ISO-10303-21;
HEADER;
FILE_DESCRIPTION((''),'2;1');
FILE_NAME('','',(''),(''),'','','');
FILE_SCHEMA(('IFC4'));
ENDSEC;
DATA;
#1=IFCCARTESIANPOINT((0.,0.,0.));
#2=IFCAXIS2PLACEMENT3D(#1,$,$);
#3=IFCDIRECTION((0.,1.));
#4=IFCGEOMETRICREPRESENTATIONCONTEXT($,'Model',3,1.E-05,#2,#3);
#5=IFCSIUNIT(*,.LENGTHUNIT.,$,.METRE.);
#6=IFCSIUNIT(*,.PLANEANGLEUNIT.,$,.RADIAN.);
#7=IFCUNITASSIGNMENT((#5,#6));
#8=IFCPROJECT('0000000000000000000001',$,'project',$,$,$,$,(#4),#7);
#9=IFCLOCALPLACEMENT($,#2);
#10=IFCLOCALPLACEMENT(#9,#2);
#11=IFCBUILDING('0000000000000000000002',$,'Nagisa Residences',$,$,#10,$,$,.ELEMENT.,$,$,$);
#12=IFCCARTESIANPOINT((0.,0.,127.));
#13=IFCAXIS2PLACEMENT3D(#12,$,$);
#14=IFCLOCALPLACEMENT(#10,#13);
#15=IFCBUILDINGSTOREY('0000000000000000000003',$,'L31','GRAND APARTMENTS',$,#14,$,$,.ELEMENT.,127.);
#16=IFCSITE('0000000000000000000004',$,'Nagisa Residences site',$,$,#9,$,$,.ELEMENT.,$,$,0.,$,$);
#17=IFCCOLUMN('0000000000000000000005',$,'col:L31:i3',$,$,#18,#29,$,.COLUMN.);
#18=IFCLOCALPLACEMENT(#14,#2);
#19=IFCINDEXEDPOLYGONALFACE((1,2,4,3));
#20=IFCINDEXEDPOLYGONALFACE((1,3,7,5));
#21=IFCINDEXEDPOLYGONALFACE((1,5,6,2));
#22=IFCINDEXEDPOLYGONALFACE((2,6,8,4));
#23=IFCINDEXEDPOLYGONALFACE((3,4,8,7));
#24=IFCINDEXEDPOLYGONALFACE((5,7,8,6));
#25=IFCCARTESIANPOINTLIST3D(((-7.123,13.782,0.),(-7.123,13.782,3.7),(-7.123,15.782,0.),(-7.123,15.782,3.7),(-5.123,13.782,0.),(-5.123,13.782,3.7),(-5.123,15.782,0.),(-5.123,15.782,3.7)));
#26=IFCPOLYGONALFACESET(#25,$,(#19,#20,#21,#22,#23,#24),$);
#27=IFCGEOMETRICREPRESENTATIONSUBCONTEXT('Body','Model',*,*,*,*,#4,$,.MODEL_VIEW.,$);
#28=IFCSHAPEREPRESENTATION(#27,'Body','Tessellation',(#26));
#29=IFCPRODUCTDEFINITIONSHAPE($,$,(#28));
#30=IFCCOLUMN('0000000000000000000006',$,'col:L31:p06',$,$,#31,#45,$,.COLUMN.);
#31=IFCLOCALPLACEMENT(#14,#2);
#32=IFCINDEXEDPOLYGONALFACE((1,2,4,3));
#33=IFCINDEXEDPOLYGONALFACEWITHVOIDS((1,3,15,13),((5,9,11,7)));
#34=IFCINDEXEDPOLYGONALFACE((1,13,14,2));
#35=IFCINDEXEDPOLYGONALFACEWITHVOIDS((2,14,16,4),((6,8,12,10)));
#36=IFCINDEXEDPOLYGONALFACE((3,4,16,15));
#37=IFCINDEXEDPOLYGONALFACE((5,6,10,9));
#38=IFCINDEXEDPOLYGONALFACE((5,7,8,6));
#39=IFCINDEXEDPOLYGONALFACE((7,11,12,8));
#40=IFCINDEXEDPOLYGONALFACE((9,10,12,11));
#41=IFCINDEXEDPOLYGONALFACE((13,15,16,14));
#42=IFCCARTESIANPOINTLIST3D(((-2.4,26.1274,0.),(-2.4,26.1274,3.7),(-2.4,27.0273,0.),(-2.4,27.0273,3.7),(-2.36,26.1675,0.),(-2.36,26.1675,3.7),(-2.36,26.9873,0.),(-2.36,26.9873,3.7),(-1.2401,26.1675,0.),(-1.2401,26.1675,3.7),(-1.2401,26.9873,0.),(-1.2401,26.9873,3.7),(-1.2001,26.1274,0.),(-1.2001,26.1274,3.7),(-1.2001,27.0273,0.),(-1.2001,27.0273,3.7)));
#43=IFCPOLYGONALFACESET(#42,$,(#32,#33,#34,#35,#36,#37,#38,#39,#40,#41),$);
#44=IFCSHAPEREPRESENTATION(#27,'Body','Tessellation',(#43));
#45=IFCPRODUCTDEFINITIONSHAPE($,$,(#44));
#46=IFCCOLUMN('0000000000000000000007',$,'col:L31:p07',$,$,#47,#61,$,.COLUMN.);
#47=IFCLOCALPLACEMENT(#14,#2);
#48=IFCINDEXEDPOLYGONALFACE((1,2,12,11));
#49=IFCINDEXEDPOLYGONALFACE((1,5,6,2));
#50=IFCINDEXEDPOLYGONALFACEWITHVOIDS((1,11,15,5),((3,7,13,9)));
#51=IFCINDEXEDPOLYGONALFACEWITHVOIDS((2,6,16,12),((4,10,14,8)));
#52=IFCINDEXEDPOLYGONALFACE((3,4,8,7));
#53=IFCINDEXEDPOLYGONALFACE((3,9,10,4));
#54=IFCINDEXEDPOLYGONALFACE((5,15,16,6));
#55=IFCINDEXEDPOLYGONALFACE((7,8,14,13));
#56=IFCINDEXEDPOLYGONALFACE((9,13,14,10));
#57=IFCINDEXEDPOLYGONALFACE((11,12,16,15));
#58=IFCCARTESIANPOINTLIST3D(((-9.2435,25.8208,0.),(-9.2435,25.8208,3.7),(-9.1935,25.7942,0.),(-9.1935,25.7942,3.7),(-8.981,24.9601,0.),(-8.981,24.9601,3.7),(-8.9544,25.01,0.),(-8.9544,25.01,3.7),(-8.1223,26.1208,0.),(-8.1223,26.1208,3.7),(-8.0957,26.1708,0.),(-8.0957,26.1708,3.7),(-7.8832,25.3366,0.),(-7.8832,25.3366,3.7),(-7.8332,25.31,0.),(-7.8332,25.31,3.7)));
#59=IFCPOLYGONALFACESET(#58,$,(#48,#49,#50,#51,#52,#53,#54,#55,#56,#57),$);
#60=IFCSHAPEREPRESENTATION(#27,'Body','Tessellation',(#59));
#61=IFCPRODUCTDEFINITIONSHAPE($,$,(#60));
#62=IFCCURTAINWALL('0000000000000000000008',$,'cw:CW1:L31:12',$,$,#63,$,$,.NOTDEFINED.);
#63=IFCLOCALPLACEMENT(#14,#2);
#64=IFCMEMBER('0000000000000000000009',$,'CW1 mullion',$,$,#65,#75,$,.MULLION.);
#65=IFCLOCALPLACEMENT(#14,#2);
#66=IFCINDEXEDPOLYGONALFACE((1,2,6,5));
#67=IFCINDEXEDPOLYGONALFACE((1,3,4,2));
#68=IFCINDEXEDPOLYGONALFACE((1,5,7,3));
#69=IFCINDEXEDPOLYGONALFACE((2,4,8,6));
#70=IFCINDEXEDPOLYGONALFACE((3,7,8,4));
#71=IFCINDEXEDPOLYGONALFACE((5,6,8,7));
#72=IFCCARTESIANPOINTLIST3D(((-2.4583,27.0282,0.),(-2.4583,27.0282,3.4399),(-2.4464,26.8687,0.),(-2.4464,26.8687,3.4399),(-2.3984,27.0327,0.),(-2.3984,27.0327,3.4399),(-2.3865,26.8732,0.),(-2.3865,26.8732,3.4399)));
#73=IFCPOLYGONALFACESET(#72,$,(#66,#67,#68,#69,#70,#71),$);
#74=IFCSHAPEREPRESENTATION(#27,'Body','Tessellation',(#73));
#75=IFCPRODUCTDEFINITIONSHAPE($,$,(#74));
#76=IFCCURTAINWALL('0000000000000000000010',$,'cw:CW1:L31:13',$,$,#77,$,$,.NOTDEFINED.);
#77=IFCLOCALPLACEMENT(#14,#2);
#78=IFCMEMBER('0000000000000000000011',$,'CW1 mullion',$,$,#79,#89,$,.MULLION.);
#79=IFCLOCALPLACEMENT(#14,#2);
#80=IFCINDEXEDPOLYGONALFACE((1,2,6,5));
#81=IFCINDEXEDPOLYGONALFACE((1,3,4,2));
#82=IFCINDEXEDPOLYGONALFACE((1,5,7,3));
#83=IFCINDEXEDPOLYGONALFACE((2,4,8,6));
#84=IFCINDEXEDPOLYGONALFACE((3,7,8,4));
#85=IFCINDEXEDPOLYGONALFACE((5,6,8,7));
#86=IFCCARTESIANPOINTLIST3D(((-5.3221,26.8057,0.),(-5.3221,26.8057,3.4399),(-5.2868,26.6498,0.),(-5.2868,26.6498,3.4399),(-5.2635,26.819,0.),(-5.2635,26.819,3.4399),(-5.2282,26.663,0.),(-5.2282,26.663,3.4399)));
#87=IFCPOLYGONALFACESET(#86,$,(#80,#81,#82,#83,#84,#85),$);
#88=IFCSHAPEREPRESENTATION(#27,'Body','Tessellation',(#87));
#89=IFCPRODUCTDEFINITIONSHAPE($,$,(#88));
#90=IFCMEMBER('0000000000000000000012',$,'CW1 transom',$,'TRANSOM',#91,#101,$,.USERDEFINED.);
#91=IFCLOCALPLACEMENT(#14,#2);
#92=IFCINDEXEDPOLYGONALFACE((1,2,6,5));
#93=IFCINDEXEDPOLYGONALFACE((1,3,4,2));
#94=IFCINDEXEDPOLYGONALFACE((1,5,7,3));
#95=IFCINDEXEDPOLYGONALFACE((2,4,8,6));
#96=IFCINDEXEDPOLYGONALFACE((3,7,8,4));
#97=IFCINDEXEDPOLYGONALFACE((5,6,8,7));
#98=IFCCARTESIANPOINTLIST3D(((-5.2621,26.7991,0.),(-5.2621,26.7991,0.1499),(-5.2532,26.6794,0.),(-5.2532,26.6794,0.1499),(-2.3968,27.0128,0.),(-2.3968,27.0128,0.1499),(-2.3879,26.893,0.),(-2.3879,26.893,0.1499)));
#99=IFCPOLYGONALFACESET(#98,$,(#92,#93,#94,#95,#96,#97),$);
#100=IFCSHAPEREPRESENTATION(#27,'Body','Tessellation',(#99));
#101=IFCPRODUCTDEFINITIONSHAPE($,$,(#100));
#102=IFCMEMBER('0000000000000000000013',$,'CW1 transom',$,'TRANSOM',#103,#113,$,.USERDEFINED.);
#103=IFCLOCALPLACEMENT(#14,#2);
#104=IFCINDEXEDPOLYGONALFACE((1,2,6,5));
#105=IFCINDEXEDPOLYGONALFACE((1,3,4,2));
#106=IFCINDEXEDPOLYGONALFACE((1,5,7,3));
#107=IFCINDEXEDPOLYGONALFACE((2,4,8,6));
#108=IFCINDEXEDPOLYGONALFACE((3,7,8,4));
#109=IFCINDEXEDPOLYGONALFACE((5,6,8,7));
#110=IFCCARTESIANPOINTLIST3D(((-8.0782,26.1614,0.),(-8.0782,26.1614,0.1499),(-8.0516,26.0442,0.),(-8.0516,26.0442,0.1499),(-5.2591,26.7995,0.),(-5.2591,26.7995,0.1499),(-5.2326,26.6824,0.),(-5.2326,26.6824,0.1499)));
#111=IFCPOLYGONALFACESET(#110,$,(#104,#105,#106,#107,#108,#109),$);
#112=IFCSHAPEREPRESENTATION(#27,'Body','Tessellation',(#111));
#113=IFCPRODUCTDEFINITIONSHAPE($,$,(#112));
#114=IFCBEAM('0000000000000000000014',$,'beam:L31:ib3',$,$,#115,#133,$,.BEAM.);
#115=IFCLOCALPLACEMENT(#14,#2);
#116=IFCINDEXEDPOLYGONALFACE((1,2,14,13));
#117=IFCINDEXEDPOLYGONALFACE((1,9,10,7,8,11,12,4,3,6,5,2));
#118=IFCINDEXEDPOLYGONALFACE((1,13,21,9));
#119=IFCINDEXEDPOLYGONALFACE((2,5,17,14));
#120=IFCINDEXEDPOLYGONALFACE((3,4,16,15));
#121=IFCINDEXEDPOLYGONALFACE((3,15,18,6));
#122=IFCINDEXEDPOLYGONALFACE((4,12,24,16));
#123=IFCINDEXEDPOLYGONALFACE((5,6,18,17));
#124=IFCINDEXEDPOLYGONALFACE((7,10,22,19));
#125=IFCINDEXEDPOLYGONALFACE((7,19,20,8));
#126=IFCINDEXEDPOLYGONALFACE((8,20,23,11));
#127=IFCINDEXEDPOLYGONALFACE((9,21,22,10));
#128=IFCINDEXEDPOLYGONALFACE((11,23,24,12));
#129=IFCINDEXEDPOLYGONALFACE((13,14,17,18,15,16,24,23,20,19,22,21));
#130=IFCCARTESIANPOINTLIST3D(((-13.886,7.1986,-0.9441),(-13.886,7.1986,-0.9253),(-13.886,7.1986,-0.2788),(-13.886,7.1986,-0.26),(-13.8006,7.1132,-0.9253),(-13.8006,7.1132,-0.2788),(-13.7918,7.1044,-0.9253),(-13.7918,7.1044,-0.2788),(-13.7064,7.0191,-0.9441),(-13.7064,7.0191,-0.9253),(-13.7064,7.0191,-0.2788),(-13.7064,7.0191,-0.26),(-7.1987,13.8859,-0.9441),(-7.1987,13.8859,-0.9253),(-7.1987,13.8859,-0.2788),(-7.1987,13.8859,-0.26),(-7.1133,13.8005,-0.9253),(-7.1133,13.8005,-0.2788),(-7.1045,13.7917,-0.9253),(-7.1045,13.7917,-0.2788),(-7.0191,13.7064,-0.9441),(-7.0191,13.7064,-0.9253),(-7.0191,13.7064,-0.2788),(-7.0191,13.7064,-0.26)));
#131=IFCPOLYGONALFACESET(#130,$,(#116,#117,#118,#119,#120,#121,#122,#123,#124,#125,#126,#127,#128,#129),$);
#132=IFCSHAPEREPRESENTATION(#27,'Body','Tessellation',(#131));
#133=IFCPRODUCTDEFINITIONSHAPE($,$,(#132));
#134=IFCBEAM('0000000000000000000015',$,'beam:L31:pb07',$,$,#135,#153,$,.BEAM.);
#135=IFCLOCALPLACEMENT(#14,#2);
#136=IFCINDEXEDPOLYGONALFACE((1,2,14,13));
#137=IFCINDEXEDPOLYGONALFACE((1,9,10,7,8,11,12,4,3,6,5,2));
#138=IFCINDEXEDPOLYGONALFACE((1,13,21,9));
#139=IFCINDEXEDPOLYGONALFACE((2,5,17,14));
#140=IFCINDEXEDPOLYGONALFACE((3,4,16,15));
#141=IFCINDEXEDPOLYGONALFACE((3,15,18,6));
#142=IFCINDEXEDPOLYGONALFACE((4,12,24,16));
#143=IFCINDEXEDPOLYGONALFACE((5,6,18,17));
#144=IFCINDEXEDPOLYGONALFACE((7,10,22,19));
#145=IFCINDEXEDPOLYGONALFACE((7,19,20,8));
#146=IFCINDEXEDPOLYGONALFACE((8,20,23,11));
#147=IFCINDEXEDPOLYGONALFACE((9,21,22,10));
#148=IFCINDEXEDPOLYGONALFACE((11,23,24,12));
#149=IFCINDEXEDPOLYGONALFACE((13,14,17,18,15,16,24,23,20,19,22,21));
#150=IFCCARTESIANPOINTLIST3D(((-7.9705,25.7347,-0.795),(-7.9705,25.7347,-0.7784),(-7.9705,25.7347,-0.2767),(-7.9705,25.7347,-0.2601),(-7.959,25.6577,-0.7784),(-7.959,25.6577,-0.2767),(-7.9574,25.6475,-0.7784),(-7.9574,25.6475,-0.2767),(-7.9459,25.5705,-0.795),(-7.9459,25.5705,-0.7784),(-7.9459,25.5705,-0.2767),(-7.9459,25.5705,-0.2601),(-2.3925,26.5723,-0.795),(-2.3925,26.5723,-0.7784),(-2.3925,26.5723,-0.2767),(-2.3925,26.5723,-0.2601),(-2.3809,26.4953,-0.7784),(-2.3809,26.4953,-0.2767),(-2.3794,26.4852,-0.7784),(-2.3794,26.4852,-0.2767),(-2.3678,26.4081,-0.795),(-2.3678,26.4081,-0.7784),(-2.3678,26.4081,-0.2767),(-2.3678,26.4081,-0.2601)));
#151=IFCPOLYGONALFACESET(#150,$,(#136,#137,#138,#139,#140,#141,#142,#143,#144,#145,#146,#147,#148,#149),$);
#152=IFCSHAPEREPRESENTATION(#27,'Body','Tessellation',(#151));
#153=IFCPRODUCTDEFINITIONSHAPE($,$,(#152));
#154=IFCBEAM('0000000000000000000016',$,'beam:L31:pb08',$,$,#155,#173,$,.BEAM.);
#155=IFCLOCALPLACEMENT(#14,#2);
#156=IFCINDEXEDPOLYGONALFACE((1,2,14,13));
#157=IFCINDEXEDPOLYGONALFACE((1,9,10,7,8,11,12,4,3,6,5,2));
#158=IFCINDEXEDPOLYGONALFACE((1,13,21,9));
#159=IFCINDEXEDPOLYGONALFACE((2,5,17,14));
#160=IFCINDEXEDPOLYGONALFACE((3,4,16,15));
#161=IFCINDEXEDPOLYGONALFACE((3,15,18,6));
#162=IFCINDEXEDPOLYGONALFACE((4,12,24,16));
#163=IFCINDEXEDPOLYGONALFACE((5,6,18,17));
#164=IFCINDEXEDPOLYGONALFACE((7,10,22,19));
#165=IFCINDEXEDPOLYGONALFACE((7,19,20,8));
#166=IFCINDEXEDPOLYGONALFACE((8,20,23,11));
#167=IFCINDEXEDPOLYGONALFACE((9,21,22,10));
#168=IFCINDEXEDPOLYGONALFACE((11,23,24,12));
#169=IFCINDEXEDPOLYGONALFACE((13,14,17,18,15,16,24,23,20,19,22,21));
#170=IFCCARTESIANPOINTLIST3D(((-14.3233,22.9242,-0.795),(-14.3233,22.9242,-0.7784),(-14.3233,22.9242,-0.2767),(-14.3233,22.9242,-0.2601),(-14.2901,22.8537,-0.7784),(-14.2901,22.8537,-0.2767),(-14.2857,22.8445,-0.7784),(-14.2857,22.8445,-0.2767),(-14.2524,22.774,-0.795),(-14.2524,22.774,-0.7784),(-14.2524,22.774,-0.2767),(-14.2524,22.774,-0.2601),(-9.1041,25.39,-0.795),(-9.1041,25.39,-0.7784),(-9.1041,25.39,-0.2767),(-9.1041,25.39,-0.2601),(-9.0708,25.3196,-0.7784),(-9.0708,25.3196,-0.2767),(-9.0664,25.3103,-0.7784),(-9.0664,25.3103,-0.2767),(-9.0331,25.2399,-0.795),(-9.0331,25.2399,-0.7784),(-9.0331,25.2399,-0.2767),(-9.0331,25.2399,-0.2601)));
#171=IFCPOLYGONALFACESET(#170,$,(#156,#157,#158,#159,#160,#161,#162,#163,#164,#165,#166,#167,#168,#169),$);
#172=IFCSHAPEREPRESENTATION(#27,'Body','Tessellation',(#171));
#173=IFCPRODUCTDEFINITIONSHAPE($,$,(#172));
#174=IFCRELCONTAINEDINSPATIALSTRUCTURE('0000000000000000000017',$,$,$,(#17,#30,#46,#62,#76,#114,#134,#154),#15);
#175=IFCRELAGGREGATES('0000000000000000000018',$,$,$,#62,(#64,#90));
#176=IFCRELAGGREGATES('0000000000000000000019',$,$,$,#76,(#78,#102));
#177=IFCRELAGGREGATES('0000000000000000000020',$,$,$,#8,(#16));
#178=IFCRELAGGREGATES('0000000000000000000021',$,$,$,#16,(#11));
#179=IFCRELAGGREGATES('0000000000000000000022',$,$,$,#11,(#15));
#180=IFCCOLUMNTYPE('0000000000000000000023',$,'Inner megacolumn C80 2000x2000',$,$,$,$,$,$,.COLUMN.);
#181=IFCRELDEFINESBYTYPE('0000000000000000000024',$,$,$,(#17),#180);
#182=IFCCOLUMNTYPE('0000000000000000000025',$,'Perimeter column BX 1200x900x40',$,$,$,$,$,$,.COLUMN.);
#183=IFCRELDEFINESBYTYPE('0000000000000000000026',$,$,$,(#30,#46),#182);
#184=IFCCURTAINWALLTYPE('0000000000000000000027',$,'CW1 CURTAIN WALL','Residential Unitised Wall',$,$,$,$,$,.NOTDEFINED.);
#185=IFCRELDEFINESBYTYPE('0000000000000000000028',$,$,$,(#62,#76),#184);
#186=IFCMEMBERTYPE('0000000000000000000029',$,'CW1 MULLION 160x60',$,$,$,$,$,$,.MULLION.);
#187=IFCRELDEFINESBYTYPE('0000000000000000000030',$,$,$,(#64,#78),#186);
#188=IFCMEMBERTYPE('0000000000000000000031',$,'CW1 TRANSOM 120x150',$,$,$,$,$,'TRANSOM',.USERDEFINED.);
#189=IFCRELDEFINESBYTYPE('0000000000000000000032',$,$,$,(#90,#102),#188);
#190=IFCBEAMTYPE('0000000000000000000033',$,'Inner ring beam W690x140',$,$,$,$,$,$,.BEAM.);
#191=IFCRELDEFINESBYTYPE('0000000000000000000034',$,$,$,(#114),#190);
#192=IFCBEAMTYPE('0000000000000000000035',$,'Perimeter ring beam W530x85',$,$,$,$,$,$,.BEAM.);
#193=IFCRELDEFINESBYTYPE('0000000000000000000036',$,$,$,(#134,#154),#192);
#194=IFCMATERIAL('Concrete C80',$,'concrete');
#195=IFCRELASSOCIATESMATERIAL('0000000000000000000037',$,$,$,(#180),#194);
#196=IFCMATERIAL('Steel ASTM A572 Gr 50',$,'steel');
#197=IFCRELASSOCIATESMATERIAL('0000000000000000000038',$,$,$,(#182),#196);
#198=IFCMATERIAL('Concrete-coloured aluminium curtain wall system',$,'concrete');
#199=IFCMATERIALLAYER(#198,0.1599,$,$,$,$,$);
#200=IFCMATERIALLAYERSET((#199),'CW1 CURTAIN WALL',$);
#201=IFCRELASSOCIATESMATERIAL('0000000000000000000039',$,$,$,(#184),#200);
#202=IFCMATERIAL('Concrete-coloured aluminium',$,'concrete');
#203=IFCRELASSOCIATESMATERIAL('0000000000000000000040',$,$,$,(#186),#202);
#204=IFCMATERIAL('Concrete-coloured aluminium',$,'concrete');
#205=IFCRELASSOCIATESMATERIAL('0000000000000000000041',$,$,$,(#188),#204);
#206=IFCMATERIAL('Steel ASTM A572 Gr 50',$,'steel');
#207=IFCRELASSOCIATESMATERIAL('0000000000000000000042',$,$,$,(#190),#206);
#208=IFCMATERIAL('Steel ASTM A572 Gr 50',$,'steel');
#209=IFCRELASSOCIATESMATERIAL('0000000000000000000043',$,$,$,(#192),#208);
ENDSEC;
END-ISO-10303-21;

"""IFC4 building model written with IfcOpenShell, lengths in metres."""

from ifc_helpers import new_model, si_unit, direction, frame, origin, origin_2d, place, context, subcontext, project, spatial, rectangle, hollow_rectangle, i_section, extrude, material, layer, layer_set, material_profile, profile_set, type_object, element, aggregate, save


model = new_model("IFC4")

# Units and contexts
model_context = context("Model", 3, precision=1e-05, world=origin(), true_north=direction((0.0, 1.0)))
body_context = subcontext(model_context, "Body", "Model", "MODEL_VIEW")
ifc_project = project(units=[si_unit("LENGTHUNIT", "METRE"), si_unit("PLANEANGLEUNIT", "RADIAN")], contexts=[model_context])

# Site, building, storey
site_placement = place(None, origin())
site = spatial("IfcSite", under=ifc_project, at=site_placement, Name="Nagisa Residences site", CompositionType="ELEMENT", RefElevation=0.0)
building_placement = place(site_placement, origin())
building = spatial("IfcBuilding", under=site, at=building_placement, Name="Nagisa Residences", CompositionType="ELEMENT")
storey_placement = place(building_placement, frame((0.0, 0.0, 127.0)))
storey = spatial("IfcBuildingStorey", under=building, at=storey_placement, Name="L31", Description="GRAND APARTMENTS", CompositionType="ELEMENT", Elevation=127.0)

# Columns
ifc_material_1 = material(Name="Concrete C80", Category="concrete")
ifc_material_profile_1 = material_profile(ifc_material_1, rectangle(XDim=2.0, YDim=2.0, at=origin_2d()), Name="C80 2000x2000")
ifc_profile_set_1 = profile_set([ifc_material_profile_1], Name="Concrete C80")
column_type_1 = type_object("IfcColumnType", Name="Inner megacolumn C80 2000x2000", PredefinedType="COLUMN", material=ifc_profile_set_1)
column_placement = place(storey_placement, frame((-6.123, 14.782, 0.0), z_axis=(0.0, 0.0, 1.0), x_axis=(1.0, 0.0, 0.0)))
element("IfcColumn", 1, at=column_placement, inside=storey, type_object=column_type_1, Name="col:L31:i3", PredefinedType="COLUMN", context=body_context, shape_type="SweptSolid", body=[
    extrude(rectangle(XDim=2.0, YDim=2.0, at=origin_2d()), origin(), (0.0, 0.0, 1.0), 3.7),
])
ifc_material_2 = material(Name="Steel ASTM A572 Gr 50", Category="steel")
ifc_material_profile_2 = material_profile(ifc_material_2, hollow_rectangle(XDim=1.2, YDim=0.8999, WallThickness=0.04, at=origin_2d()), Name="BX 1200x900x40")
ifc_profile_set_2 = profile_set([ifc_material_profile_2], Name="Steel ASTM A572 Gr 50")
column_type_2 = type_object("IfcColumnType", Name="Perimeter column BX 1200x900x40", PredefinedType="COLUMN", material=ifc_profile_set_2)
for number, where, z_axis, x_axis, name in (
    (2, (-1.8, 26.5774, 0.0), (0.0, 0.0, 1.0), (-1.0, 0.0, 0.0), "col:L31:p06"),
    (3, (-8.5383, 25.5654, 0.0), (0.0, 0.0, 1.0), (-0.956525, -0.291652, 0.0), "col:L31:p07"),
):
    element("IfcColumn", number, at=place(storey_placement, frame(where, z_axis=z_axis, x_axis=x_axis)), inside=storey, type_object=column_type_2, Name=name, PredefinedType="COLUMN", context=body_context, shape_type="SweptSolid", body=[
        extrude(hollow_rectangle(XDim=1.2, YDim=0.8999, WallThickness=0.04, at=origin_2d()), origin(), (0.0, 0.0, 1.0), 3.7),
    ])

# Curtain walls, members
ifc_material_3 = material(Name="Concrete-coloured aluminium curtain wall system", Category="concrete")
ifc_layer_1 = layer(ifc_material_3, 0.1599)
ifc_layer_set_1 = layer_set([ifc_layer_1], Name="CW1 CURTAIN WALL")
curtain_wall_type = type_object("IfcCurtainWallType", Name="CW1 CURTAIN WALL", Description="Residential Unitised Wall", PredefinedType="NOTDEFINED", material=ifc_layer_set_1)
curtain_wall_1_placement = place(storey_placement, origin())
curtain_wall_1 = element("IfcCurtainWall", 4, at=curtain_wall_1_placement, inside=storey, type_object=curtain_wall_type, Name="cw:CW1:L31:12", PredefinedType="NOTDEFINED")
ifc_material_4 = material(Name="Concrete-coloured aluminium", Category="concrete")
ifc_material_profile_3 = material_profile(ifc_material_4, rectangle(XDim=0.1599, YDim=0.0601, at=origin_2d()), Name="CW1 MULLION 160x60")
ifc_profile_set_3 = profile_set([ifc_material_profile_3], Name="Concrete-coloured aluminium")
member_type_1 = type_object("IfcMemberType", Name="CW1 MULLION 160x60", PredefinedType="MULLION", material=ifc_profile_set_3)
member_1_placement = place(storey_placement, frame((-2.4224, 26.9507, 0.0), z_axis=(0.0, 0.0, 1.0), x_axis=(0.074377, -0.99723, 0.0)))
member_1 = element("IfcMember", 5, at=member_1_placement, type_object=member_type_1, Name="CW1 mullion", PredefinedType="MULLION", context=body_context, shape_type="SweptSolid", body=[
    extrude(rectangle(XDim=0.1599, YDim=0.0601, at=origin_2d()), origin(), (0.0, 0.0, 1.0), 3.4399),
])
curtain_wall_2_placement = place(storey_placement, origin())
curtain_wall_2 = element("IfcCurtainWall", 6, at=curtain_wall_2_placement, inside=storey, type_object=curtain_wall_type, Name="cw:CW1:L31:13", PredefinedType="NOTDEFINED")
member_2_placement = place(storey_placement, frame((-5.2751, 26.7344, 0.0), z_axis=(0.0, 0.0, 1.0), x_axis=(0.220764, -0.975327, 0.0)))
member_2 = element("IfcMember", 7, at=member_2_placement, type_object=member_type_1, Name="CW1 mullion", PredefinedType="MULLION", context=body_context, shape_type="SweptSolid", body=[
    extrude(rectangle(XDim=0.1599, YDim=0.0601, at=origin_2d()), origin(), (0.0, 0.0, 1.0), 3.4399),
])

# Members
ifc_material_5 = material(Name="Concrete-coloured aluminium", Category="concrete")
ifc_material_profile_4 = material_profile(ifc_material_5, rectangle(XDim=0.1201, YDim=0.1499, at=origin_2d()), Name="CW1 TRANSOM 120x150")
ifc_profile_set_4 = profile_set([ifc_material_profile_4], Name="Concrete-coloured aluminium")
member_type_2 = type_object("IfcMemberType", Name="CW1 TRANSOM 120x150", ElementType="TRANSOM", PredefinedType="USERDEFINED", material=ifc_profile_set_4)
member_3_placement = place(storey_placement, frame((-2.3923, 26.9529, 0.075), z_axis=(-0.997232, -0.074351, 0.0), x_axis=(0.074351, -0.997232, 0.0)))
member_3 = element("IfcMember", 8, at=member_3_placement, type_object=member_type_2, Name="CW1 transom", ObjectType="TRANSOM", PredefinedType="USERDEFINED", context=body_context, shape_type="SweptSolid", body=[
    extrude(rectangle(XDim=0.1201, YDim=0.1499, at=origin_2d()), origin(), (0.0, 0.0, 1.0), 2.8733),
])
member_4_placement = place(storey_placement, frame((-5.2458, 26.741, 0.075), z_axis=(-0.975321, -0.220792, 0.0), x_axis=(0.220792, -0.975321, 0.0)))
member_4 = element("IfcMember", 9, at=member_4_placement, type_object=member_type_2, Name="CW1 transom", ObjectType="TRANSOM", PredefinedType="USERDEFINED", context=body_context, shape_type="SweptSolid", body=[
    extrude(rectangle(XDim=0.1201, YDim=0.1499, at=origin_2d()), origin(), (0.0, 0.0, 1.0), 2.8904),
])

# Beams
ifc_material_6 = material(Name="Steel ASTM A572 Gr 50", Category="steel")
ifc_material_profile_5 = material_profile(ifc_material_6, i_section(OverallWidth=0.2539, OverallDepth=0.6841, WebThickness=0.0125, FlangeThickness=0.0188, at=origin_2d()), Name="W690x140")
ifc_profile_set_5 = profile_set([ifc_material_profile_5], Name="Steel ASTM A572 Gr 50")
beam_type_1 = type_object("IfcBeamType", Name="Inner ring beam W690x140", PredefinedType="BEAM", material=ifc_profile_set_5)
beam_1_placement = place(storey_placement, frame((-7.1089, 13.7961, -0.6021), z_axis=(-0.707107, -0.707107, 0.0), x_axis=(0.707107, -0.707107, 0.0)))
element("IfcBeam", 10, at=beam_1_placement, inside=storey, type_object=beam_type_1, Name="beam:L31:ib3", PredefinedType="BEAM", context=body_context, shape_type="SweptSolid", body=[
    extrude(i_section(OverallWidth=0.2539, OverallDepth=0.6841, WebThickness=0.0125, FlangeThickness=0.0188, at=origin_2d()), origin(), (0.0, 0.0, 1.0), 9.4573),
])
ifc_material_7 = material(Name="Steel ASTM A572 Gr 50", Category="steel")
ifc_material_profile_6 = material_profile(ifc_material_7, i_section(OverallWidth=0.166, OverallDepth=0.5349, WebThickness=0.0103, FlangeThickness=0.0166, at=origin_2d()), Name="W530x85")
ifc_profile_set_6 = profile_set([ifc_material_profile_6], Name="Steel ASTM A572 Gr 50")
beam_type_2 = type_object("IfcBeamType", Name="Perimeter ring beam W530x85", PredefinedType="BEAM", material=ifc_profile_set_6)
beam_2_placement = place(storey_placement, frame((-2.3801, 26.4902, -0.5276), z_axis=(-0.988912, -0.148501, 0.0), x_axis=(0.148501, -0.988912, 0.0)))
element("IfcBeam", 11, at=beam_2_placement, inside=storey, type_object=beam_type_2, Name="beam:L31:pb07", PredefinedType="BEAM", context=body_context, shape_type="SweptSolid", body=[
    extrude(i_section(OverallWidth=0.166, OverallDepth=0.5349, WebThickness=0.0103, FlangeThickness=0.0166, at=origin_2d()), origin(), (0.0, 0.0, 1.0), 5.6406),
])
beam_3_placement = place(storey_placement, frame((-9.0686, 25.3149, -0.5276), z_axis=(-0.90417, -0.427173, 0.0), x_axis=(0.427173, -0.90417, 0.0)))
element("IfcBeam", 12, at=beam_3_placement, inside=storey, type_object=beam_type_2, Name="beam:L31:pb08", PredefinedType="BEAM", context=body_context, shape_type="SweptSolid", body=[
    extrude(i_section(OverallWidth=0.166, OverallDepth=0.5349, WebThickness=0.0103, FlangeThickness=0.0166, at=origin_2d()), origin(), (0.0, 0.0, 1.0), 5.7725),
])

aggregate(curtain_wall_1, [member_1, member_3])
aggregate(curtain_wall_2, [member_2, member_4])

save(model, "model.ifc")
